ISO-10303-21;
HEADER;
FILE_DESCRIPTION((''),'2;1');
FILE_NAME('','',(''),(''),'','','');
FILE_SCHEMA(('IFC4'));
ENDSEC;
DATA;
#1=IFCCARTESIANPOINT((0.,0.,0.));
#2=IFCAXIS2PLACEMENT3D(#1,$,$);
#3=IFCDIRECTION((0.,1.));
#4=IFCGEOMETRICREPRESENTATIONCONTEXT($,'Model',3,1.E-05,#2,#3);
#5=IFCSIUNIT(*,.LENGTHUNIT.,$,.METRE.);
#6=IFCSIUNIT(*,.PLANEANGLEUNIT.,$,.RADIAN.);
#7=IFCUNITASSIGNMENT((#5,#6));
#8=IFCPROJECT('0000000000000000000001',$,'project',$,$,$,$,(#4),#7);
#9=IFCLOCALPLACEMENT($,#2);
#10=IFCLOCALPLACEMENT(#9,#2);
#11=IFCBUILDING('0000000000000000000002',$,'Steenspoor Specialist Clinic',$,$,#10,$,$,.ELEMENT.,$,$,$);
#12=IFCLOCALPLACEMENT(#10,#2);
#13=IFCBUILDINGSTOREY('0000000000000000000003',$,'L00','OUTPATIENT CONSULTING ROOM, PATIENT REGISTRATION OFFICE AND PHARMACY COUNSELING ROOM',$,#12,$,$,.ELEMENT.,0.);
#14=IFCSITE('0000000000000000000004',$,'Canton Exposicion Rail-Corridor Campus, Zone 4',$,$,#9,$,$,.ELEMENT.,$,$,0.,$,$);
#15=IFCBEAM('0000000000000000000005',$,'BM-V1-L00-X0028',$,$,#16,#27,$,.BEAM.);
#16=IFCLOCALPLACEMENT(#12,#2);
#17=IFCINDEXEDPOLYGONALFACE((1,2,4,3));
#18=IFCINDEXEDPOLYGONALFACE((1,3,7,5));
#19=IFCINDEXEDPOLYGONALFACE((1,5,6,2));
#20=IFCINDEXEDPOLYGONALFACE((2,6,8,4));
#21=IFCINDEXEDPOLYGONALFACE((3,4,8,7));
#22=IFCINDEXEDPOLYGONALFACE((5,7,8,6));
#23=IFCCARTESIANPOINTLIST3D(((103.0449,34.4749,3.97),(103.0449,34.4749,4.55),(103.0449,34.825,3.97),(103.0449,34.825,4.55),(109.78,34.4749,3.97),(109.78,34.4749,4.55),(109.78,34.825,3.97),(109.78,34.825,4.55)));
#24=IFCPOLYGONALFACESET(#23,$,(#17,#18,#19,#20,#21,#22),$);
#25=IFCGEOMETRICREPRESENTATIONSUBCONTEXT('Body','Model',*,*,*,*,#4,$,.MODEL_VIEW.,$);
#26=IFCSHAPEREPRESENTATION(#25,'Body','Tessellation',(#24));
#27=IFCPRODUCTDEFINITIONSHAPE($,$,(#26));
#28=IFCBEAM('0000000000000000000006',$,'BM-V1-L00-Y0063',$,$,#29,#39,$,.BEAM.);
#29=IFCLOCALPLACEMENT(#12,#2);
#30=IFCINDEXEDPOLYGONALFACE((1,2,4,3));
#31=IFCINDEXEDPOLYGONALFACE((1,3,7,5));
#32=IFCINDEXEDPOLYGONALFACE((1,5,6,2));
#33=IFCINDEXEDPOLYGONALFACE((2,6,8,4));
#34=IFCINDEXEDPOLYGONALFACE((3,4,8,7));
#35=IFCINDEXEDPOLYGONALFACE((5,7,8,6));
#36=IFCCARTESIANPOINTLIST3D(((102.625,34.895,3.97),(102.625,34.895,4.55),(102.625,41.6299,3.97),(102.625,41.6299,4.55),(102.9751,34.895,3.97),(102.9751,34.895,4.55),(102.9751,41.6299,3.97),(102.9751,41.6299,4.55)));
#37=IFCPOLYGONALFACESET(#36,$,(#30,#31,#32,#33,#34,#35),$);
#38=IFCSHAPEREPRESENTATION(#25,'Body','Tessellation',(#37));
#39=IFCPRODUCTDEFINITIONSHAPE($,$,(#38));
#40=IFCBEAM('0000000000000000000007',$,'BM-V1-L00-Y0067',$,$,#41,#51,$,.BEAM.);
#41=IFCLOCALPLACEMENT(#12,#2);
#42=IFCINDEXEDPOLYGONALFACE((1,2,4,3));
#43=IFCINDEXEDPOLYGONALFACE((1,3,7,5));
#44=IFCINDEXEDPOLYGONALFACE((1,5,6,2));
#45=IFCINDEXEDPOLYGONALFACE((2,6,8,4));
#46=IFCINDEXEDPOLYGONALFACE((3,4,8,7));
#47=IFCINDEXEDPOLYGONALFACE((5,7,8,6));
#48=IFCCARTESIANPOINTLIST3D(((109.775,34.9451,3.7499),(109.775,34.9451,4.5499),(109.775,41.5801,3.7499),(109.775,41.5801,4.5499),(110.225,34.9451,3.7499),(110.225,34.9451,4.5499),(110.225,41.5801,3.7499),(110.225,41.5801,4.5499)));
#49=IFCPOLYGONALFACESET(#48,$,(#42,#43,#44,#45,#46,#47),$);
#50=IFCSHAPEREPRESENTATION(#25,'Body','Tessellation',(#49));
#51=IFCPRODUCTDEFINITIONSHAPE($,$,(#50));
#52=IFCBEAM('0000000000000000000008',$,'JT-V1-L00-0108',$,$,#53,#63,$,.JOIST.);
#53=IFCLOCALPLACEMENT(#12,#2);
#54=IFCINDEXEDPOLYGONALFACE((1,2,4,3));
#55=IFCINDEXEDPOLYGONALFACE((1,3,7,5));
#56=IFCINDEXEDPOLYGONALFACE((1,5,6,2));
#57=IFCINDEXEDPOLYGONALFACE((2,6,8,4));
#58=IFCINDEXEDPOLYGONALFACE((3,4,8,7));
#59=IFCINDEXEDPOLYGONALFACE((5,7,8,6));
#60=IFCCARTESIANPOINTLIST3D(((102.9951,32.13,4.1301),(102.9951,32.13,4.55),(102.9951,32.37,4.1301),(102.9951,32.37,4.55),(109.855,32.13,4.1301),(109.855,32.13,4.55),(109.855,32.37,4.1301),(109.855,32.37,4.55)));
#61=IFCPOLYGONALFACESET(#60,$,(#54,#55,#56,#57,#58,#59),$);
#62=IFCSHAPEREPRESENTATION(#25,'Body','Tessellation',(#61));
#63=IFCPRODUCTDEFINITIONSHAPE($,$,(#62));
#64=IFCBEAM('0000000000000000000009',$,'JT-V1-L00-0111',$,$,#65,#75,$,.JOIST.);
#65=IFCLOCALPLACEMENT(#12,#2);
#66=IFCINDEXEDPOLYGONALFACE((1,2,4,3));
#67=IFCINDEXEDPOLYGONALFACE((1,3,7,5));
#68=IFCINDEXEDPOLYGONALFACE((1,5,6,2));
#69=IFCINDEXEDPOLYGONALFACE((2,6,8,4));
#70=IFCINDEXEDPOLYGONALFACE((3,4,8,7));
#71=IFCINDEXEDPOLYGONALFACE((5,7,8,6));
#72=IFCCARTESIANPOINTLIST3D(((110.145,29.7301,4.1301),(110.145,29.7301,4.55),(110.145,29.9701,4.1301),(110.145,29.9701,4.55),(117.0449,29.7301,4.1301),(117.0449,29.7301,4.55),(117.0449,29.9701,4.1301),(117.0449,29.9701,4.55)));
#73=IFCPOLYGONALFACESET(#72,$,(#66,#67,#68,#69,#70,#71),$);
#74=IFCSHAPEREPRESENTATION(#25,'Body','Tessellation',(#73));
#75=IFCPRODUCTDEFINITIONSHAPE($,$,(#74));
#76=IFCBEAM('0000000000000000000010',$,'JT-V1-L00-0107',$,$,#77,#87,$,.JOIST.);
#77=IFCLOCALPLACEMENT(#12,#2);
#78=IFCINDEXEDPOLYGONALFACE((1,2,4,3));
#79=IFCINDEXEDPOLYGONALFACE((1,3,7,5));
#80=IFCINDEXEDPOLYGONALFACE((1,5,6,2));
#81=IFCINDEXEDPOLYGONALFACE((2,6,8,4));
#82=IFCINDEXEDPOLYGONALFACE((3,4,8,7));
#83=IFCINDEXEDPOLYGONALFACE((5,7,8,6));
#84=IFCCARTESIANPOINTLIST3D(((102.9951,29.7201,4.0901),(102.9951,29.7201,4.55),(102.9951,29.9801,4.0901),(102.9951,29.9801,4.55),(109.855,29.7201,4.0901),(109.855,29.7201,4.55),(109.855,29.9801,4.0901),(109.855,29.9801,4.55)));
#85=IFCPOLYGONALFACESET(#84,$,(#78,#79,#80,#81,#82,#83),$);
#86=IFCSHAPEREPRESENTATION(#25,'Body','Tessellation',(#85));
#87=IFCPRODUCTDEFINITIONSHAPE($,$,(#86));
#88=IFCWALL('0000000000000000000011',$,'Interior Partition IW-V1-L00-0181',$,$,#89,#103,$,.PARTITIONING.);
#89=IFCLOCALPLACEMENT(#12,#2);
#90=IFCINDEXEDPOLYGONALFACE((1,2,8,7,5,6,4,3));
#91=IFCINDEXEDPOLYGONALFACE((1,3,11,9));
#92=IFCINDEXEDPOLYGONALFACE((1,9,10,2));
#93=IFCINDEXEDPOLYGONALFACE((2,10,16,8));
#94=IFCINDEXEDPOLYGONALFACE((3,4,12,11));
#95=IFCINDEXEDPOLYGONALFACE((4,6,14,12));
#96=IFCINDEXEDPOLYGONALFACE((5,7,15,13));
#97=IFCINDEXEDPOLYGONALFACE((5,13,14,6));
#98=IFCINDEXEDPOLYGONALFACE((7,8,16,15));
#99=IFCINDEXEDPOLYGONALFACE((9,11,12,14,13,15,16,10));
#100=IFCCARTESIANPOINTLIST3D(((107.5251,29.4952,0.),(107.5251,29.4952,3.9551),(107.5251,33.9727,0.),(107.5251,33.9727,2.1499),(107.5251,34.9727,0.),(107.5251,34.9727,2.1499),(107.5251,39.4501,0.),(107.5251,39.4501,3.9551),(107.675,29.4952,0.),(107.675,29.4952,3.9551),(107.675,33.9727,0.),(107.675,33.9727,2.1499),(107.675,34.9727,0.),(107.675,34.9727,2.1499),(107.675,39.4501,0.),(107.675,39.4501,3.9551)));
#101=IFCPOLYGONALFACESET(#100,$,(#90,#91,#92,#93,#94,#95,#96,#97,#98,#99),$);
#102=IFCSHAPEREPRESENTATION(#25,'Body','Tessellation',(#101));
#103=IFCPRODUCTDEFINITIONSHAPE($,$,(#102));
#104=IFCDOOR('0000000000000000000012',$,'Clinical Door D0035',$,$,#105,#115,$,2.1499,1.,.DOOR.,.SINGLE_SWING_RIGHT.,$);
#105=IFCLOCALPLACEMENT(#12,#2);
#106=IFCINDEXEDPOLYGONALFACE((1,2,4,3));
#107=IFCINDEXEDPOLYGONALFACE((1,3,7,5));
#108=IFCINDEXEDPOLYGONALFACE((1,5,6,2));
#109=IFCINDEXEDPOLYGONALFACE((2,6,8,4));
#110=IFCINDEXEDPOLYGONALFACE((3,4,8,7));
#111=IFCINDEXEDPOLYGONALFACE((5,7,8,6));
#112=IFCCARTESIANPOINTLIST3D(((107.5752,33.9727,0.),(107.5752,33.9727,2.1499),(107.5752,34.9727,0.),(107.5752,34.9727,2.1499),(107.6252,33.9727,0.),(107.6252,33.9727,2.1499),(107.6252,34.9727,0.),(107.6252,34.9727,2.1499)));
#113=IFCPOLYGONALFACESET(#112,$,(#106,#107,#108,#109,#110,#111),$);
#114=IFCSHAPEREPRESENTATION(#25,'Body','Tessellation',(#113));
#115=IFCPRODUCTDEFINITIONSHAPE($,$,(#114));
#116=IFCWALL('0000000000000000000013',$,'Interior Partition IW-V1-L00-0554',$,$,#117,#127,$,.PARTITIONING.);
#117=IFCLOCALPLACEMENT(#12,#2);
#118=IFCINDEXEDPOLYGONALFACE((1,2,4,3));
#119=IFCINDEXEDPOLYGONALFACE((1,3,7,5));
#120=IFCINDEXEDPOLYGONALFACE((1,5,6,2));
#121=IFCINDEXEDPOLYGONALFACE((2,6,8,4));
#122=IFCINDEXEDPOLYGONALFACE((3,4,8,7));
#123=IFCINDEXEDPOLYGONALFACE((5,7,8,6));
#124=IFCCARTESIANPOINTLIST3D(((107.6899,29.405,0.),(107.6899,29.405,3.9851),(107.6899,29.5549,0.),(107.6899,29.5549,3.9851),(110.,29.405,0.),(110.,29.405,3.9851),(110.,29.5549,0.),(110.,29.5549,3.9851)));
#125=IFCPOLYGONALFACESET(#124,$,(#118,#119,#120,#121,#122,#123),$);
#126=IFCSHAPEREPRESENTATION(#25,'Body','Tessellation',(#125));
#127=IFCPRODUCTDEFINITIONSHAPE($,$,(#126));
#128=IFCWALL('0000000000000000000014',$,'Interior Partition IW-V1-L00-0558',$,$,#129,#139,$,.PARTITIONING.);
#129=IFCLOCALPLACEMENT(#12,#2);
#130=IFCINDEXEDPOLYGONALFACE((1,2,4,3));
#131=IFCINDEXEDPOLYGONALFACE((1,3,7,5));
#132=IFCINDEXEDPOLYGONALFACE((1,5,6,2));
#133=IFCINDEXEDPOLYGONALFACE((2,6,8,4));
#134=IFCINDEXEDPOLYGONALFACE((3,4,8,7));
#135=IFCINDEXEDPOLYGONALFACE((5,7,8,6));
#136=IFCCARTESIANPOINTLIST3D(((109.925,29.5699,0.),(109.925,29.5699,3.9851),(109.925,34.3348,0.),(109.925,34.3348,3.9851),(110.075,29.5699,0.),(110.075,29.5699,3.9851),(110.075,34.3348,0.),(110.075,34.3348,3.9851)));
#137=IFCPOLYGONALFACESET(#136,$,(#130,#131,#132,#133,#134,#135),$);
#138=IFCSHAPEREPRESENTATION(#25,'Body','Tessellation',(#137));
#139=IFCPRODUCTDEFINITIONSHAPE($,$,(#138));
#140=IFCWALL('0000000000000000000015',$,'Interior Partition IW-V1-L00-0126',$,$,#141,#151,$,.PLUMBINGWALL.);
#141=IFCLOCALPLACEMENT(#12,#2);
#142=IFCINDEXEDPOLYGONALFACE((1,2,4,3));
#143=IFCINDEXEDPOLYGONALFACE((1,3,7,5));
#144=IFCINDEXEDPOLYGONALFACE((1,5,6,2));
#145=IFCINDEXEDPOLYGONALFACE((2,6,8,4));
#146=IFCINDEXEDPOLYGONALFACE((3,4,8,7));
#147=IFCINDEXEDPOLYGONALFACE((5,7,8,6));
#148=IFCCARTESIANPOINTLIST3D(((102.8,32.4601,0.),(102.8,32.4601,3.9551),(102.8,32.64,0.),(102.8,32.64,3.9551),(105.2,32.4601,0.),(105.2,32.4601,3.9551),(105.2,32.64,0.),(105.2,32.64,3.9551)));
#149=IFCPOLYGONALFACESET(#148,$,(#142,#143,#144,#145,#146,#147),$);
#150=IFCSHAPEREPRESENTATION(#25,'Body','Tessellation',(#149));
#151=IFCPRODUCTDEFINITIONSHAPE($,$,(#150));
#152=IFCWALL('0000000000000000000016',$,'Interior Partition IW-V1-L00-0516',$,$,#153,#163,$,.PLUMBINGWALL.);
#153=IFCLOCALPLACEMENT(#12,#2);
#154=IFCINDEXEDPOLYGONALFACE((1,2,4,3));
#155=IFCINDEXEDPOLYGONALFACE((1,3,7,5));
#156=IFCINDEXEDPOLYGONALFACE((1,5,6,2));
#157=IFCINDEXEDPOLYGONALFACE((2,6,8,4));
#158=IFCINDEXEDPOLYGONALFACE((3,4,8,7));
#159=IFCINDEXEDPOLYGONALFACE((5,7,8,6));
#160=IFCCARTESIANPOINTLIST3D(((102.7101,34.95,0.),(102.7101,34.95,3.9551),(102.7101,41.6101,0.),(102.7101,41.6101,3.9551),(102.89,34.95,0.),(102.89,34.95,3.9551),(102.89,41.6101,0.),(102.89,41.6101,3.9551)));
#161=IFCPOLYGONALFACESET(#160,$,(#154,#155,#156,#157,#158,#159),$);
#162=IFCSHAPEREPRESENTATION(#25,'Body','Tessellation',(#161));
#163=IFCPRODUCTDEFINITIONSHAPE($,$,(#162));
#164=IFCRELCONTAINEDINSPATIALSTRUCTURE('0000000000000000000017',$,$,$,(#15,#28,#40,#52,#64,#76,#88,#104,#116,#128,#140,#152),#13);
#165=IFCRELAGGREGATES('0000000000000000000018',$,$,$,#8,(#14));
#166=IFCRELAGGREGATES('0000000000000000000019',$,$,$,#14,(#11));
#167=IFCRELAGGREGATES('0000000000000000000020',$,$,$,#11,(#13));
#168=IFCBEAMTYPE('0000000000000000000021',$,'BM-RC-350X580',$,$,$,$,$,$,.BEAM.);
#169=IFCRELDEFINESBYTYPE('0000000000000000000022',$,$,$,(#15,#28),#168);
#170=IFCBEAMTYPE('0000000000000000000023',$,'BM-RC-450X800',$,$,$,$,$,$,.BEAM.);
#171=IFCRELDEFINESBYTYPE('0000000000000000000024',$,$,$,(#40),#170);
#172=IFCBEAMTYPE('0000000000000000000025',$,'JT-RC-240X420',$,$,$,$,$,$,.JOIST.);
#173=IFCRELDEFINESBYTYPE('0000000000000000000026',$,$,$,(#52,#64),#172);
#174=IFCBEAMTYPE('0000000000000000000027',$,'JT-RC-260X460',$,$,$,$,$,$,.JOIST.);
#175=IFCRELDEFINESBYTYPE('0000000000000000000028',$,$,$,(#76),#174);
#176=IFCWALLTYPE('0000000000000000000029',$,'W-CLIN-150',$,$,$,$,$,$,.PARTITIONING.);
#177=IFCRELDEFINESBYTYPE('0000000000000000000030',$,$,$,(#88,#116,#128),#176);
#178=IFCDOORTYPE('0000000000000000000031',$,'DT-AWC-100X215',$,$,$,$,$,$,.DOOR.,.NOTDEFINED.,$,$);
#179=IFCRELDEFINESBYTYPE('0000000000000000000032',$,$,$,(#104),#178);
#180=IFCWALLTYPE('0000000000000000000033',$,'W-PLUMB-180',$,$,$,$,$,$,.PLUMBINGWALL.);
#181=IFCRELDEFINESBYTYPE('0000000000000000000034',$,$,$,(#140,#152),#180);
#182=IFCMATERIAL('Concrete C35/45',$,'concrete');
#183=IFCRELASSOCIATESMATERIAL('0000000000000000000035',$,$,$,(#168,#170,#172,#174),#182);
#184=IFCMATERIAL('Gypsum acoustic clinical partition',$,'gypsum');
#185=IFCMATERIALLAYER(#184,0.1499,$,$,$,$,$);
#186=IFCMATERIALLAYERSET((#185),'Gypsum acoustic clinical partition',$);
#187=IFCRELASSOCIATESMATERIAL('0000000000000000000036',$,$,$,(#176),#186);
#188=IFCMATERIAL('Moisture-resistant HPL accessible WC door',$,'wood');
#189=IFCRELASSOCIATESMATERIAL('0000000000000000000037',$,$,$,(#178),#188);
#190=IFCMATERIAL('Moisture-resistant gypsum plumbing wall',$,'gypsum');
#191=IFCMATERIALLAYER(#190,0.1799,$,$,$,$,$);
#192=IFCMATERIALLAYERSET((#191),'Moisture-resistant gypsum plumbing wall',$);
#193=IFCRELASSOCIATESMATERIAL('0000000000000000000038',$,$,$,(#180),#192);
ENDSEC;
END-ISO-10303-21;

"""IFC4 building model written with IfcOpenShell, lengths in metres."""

from ifc_helpers import new_model, si_unit, direction, frame, frame_2d, origin, origin_2d, place, context, subcontext, project, spatial, rectangle, extrude, material, layer, layer_set, material_profile, profile_set, type_object, element, fill, save


model = new_model("IFC4")

# Units and contexts
model_context = context("Model", 3, precision=1e-05, world=origin(), true_north=direction((0.0, 1.0)))
body_context = subcontext(model_context, "Body", "Model", "MODEL_VIEW")
ifc_project = project(units=[si_unit("LENGTHUNIT", "METRE"), si_unit("PLANEANGLEUNIT", "RADIAN")], contexts=[model_context])

# Site, building, storey
site_placement = place(None, origin())
site = spatial("IfcSite", under=ifc_project, at=site_placement, Name="Canton Exposicion Rail-Corridor Campus, Zone 4", CompositionType="ELEMENT", RefElevation=0.0)
building_placement = place(site_placement, origin())
building = spatial("IfcBuilding", under=site, at=building_placement, Name="Steenspoor Specialist Clinic", CompositionType="ELEMENT")
storey_placement = place(building_placement, origin())
storey = spatial("IfcBuildingStorey", under=building, at=storey_placement, Name="L00", Description="OUTPATIENT CONSULTING ROOM, PATIENT REGISTRATION OFFICE AND PHARMACY COUNSELING ROOM", CompositionType="ELEMENT", Elevation=0.0)

# Shared definitions
ifc_material_1 = material(Name="Concrete C35/45", Category="concrete")

# Beams
ifc_material_profile_1 = material_profile(ifc_material_1, rectangle(XDim=0.3501, YDim=0.5801, at=origin_2d()), Name="RC-BM-350X580")
ifc_profile_set_1 = profile_set([ifc_material_profile_1], Name="Concrete C35/45")
beam_type_1 = type_object("IfcBeamType", Name="BM-RC-350X580", PredefinedType="BEAM", material=ifc_profile_set_1)
beam_1_placement = place(storey_placement, frame((103.0449, 34.6499, 4.26), z_axis=(1.0, 0.0, 0.0), x_axis=(0.0, 1.0, 0.0)))
element("IfcBeam", 1, at=beam_1_placement, inside=storey, type_object=beam_type_1, Name="BM-V1-L00-X0028", PredefinedType="BEAM", context=body_context, shape_type="SweptSolid", body=[
    extrude(rectangle(XDim=0.3501, YDim=0.5801, at=origin_2d()), origin(), (0.0, 0.0, 1.0), 6.7351),
])
beam_2_placement = place(storey_placement, frame((102.8, 34.895, 4.26), z_axis=(0.0, 1.0, 0.0), x_axis=(-1.0, 0.0, 0.0)))
element("IfcBeam", 2, at=beam_2_placement, inside=storey, type_object=beam_type_1, Name="BM-V1-L00-Y0063", PredefinedType="BEAM", context=body_context, shape_type="SweptSolid", body=[
    extrude(rectangle(XDim=0.3501, YDim=0.5801, at=origin_2d()), origin(), (0.0, 0.0, 1.0), 6.7349),
])
ifc_material_profile_2 = material_profile(ifc_material_1, rectangle(XDim=0.45, YDim=0.8, at=origin_2d()), Name="RC-BM-450X800")
ifc_profile_set_2 = profile_set([ifc_material_profile_2], Name="Concrete C35/45")
beam_type_2 = type_object("IfcBeamType", Name="BM-RC-450X800", PredefinedType="BEAM", material=ifc_profile_set_2)
beam_3_placement = place(storey_placement, frame((110.0, 34.9451, 4.1499), z_axis=(0.0, 1.0, 0.0), x_axis=(-1.0, 0.0, 0.0)))
element("IfcBeam", 3, at=beam_3_placement, inside=storey, type_object=beam_type_2, Name="BM-V1-L00-Y0067", PredefinedType="BEAM", context=body_context, shape_type="SweptSolid", body=[
    extrude(rectangle(XDim=0.45, YDim=0.8, at=origin_2d()), origin(), (0.0, 0.0, 1.0), 6.635),
])
ifc_material_profile_3 = material_profile(ifc_material_1, rectangle(XDim=0.24, YDim=0.4199, at=origin_2d()), Name="RC-JT-240X420")
ifc_profile_set_3 = profile_set([ifc_material_profile_3], Name="Concrete C35/45")
beam_type_3 = type_object("IfcBeamType", Name="JT-RC-240X420", PredefinedType="JOIST", material=ifc_profile_set_3)
beam_4_placement = place(storey_placement, frame((102.9951, 32.25, 4.3401), z_axis=(1.0, 0.0, 0.0), x_axis=(0.0, 1.0, 0.0)))
element("IfcBeam", 4, at=beam_4_placement, inside=storey, type_object=beam_type_3, Name="JT-V1-L00-0108", PredefinedType="JOIST", context=body_context, shape_type="SweptSolid", body=[
    extrude(rectangle(XDim=0.24, YDim=0.4199, at=origin_2d()), origin(), (0.0, 0.0, 1.0), 6.8599),
])
beam_5_placement = place(storey_placement, frame((110.145, 29.8501, 4.3401), z_axis=(1.0, 0.0, 0.0), x_axis=(0.0, 1.0, 0.0)))
element("IfcBeam", 5, at=beam_5_placement, inside=storey, type_object=beam_type_3, Name="JT-V1-L00-0111", PredefinedType="JOIST", context=body_context, shape_type="SweptSolid", body=[
    extrude(rectangle(XDim=0.24, YDim=0.4199, at=origin_2d()), origin(), (0.0, 0.0, 1.0), 6.8999),
])
ifc_material_profile_4 = material_profile(ifc_material_1, rectangle(XDim=0.26, YDim=0.46, at=origin_2d()), Name="RC-JT-260X460")
ifc_profile_set_4 = profile_set([ifc_material_profile_4], Name="Concrete C35/45")
beam_type_4 = type_object("IfcBeamType", Name="JT-RC-260X460", PredefinedType="JOIST", material=ifc_profile_set_4)
beam_6_placement = place(storey_placement, frame((102.9951, 29.8501, 4.3201), z_axis=(1.0, 0.0, 0.0), x_axis=(0.0, 1.0, 0.0)))
element("IfcBeam", 6, at=beam_6_placement, inside=storey, type_object=beam_type_4, Name="JT-V1-L00-0107", PredefinedType="JOIST", context=body_context, shape_type="SweptSolid", body=[
    extrude(rectangle(XDim=0.26, YDim=0.46, at=origin_2d()), origin(), (0.0, 0.0, 1.0), 6.8599),
])

# Wall, opening, door
ifc_material_2 = material(Name="Gypsum acoustic clinical partition", Category="gypsum")
ifc_layer_1 = layer(ifc_material_2, 0.1499)
ifc_layer_set_1 = layer_set([ifc_layer_1], Name="Gypsum acoustic clinical partition")
wall_type_1 = type_object("IfcWallType", Name="W-CLIN-150", PredefinedType="PARTITIONING", material=ifc_layer_set_1)
wall_1_placement = place(storey_placement, frame((107.6001, 29.4951, 0.0), z_axis=(0.0, 0.0, 1.0), x_axis=(0.0, 1.0, 0.0)))
wall_1 = element("IfcWall", 7, at=wall_1_placement, inside=storey, type_object=wall_type_1, Name="Interior Partition IW-V1-L00-0181", PredefinedType="PARTITIONING", context=body_context, shape_type="SweptSolid", body=[
    extrude(rectangle(XDim=9.9548, YDim=0.1499, at=frame_2d((4.9775, 0.0))), origin(), (0.0, 0.0, 1.0), 3.9551),
])
opening_placement = place(wall_1_placement, frame((4.4775, 0.0, 0.0)))
opening = element("IfcOpeningElement", 8, at=opening_placement, cuts=wall_1, PredefinedType="OPENING", context=body_context, shape_type="SweptSolid", body=[
    extrude(rectangle(XDim=1.0, YDim=2.1499, at=frame_2d((0.5, 1.075))), frame((0.0, 0.085, 0.0), z_axis=(0.0, -1.0, 0.0), x_axis=(1.0, 0.0, 0.0)), (0.0, 0.0, 1.0), 0.1699),
])
ifc_material_3 = material(Name="Moisture-resistant HPL accessible WC door", Category="wood")
door_type = type_object("IfcDoorType", Name="DT-AWC-100X215", OperationType="NOTDEFINED", PredefinedType="DOOR", material=ifc_material_3)
door_placement = place(opening_placement, origin())
door = element("IfcDoor", 9, at=door_placement, inside=storey, type_object=door_type, Name="Clinical Door D0035", OperationType="SINGLE_SWING_RIGHT", OverallHeight=2.1499, OverallWidth=1.0, PredefinedType="DOOR", context=body_context, shape_type="SweptSolid", body=[
    extrude(rectangle(XDim=1.0, YDim=2.1499, at=frame_2d((0.5, 1.075))), frame((0.0, 0.0249, 0.0), z_axis=(0.0, -1.0, 0.0), x_axis=(1.0, 0.0, 0.0)), (0.0, 0.0, 1.0), 0.05),
])
fill(opening, door)

# Walls
wall_2_placement = place(storey_placement, frame((107.6899, 29.48, 0.0), z_axis=(0.0, 0.0, 1.0), x_axis=(1.0, 0.0, 0.0)))
element("IfcWall", 10, at=wall_2_placement, inside=storey, type_object=wall_type_1, Name="Interior Partition IW-V1-L00-0554", PredefinedType="PARTITIONING", context=body_context, shape_type="SweptSolid", body=[
    extrude(rectangle(XDim=2.3101, YDim=0.1499, at=frame_2d((1.155, 0.0))), origin(), (0.0, 0.0, 1.0), 3.9851),
])
wall_3_placement = place(storey_placement, frame((110.0, 29.5701, 0.0), z_axis=(0.0, 0.0, 1.0), x_axis=(0.0, 1.0, 0.0)))
element("IfcWall", 11, at=wall_3_placement, inside=storey, type_object=wall_type_1, Name="Interior Partition IW-V1-L00-0558", PredefinedType="PARTITIONING", context=body_context, shape_type="SweptSolid", body=[
    extrude(rectangle(XDim=4.7649, YDim=0.1499, at=frame_2d((2.3823, 0.0))), origin(), (0.0, 0.0, 1.0), 3.9851),
])
ifc_material_4 = material(Name="Moisture-resistant gypsum plumbing wall", Category="gypsum")
ifc_layer_2 = layer(ifc_material_4, 0.1799)
ifc_layer_set_2 = layer_set([ifc_layer_2], Name="Moisture-resistant gypsum plumbing wall")
wall_type_2 = type_object("IfcWallType", Name="W-PLUMB-180", PredefinedType="PLUMBINGWALL", material=ifc_layer_set_2)
wall_4_placement = place(storey_placement, frame((102.8, 32.55, 0.0), z_axis=(0.0, 0.0, 1.0), x_axis=(1.0, 0.0, 0.0)))
element("IfcWall", 12, at=wall_4_placement, inside=storey, type_object=wall_type_2, Name="Interior Partition IW-V1-L00-0126", PredefinedType="PLUMBINGWALL", context=body_context, shape_type="SweptSolid", body=[
    extrude(rectangle(XDim=2.3999, YDim=0.1799, at=frame_2d((1.2, 0.0))), origin(), (0.0, 0.0, 1.0), 3.9551),
])
wall_5_placement = place(storey_placement, frame((102.8, 34.95, 0.0), z_axis=(0.0, 0.0, 1.0), x_axis=(0.0, 1.0, 0.0)))
element("IfcWall", 13, at=wall_5_placement, inside=storey, type_object=wall_type_2, Name="Interior Partition IW-V1-L00-0516", PredefinedType="PLUMBINGWALL", context=body_context, shape_type="SweptSolid", body=[
    extrude(rectangle(XDim=6.6602, YDim=0.1799, at=frame_2d((3.3301, 0.0))), origin(), (0.0, 0.0, 1.0), 3.9551),
])

save(model, "model.ifc")
